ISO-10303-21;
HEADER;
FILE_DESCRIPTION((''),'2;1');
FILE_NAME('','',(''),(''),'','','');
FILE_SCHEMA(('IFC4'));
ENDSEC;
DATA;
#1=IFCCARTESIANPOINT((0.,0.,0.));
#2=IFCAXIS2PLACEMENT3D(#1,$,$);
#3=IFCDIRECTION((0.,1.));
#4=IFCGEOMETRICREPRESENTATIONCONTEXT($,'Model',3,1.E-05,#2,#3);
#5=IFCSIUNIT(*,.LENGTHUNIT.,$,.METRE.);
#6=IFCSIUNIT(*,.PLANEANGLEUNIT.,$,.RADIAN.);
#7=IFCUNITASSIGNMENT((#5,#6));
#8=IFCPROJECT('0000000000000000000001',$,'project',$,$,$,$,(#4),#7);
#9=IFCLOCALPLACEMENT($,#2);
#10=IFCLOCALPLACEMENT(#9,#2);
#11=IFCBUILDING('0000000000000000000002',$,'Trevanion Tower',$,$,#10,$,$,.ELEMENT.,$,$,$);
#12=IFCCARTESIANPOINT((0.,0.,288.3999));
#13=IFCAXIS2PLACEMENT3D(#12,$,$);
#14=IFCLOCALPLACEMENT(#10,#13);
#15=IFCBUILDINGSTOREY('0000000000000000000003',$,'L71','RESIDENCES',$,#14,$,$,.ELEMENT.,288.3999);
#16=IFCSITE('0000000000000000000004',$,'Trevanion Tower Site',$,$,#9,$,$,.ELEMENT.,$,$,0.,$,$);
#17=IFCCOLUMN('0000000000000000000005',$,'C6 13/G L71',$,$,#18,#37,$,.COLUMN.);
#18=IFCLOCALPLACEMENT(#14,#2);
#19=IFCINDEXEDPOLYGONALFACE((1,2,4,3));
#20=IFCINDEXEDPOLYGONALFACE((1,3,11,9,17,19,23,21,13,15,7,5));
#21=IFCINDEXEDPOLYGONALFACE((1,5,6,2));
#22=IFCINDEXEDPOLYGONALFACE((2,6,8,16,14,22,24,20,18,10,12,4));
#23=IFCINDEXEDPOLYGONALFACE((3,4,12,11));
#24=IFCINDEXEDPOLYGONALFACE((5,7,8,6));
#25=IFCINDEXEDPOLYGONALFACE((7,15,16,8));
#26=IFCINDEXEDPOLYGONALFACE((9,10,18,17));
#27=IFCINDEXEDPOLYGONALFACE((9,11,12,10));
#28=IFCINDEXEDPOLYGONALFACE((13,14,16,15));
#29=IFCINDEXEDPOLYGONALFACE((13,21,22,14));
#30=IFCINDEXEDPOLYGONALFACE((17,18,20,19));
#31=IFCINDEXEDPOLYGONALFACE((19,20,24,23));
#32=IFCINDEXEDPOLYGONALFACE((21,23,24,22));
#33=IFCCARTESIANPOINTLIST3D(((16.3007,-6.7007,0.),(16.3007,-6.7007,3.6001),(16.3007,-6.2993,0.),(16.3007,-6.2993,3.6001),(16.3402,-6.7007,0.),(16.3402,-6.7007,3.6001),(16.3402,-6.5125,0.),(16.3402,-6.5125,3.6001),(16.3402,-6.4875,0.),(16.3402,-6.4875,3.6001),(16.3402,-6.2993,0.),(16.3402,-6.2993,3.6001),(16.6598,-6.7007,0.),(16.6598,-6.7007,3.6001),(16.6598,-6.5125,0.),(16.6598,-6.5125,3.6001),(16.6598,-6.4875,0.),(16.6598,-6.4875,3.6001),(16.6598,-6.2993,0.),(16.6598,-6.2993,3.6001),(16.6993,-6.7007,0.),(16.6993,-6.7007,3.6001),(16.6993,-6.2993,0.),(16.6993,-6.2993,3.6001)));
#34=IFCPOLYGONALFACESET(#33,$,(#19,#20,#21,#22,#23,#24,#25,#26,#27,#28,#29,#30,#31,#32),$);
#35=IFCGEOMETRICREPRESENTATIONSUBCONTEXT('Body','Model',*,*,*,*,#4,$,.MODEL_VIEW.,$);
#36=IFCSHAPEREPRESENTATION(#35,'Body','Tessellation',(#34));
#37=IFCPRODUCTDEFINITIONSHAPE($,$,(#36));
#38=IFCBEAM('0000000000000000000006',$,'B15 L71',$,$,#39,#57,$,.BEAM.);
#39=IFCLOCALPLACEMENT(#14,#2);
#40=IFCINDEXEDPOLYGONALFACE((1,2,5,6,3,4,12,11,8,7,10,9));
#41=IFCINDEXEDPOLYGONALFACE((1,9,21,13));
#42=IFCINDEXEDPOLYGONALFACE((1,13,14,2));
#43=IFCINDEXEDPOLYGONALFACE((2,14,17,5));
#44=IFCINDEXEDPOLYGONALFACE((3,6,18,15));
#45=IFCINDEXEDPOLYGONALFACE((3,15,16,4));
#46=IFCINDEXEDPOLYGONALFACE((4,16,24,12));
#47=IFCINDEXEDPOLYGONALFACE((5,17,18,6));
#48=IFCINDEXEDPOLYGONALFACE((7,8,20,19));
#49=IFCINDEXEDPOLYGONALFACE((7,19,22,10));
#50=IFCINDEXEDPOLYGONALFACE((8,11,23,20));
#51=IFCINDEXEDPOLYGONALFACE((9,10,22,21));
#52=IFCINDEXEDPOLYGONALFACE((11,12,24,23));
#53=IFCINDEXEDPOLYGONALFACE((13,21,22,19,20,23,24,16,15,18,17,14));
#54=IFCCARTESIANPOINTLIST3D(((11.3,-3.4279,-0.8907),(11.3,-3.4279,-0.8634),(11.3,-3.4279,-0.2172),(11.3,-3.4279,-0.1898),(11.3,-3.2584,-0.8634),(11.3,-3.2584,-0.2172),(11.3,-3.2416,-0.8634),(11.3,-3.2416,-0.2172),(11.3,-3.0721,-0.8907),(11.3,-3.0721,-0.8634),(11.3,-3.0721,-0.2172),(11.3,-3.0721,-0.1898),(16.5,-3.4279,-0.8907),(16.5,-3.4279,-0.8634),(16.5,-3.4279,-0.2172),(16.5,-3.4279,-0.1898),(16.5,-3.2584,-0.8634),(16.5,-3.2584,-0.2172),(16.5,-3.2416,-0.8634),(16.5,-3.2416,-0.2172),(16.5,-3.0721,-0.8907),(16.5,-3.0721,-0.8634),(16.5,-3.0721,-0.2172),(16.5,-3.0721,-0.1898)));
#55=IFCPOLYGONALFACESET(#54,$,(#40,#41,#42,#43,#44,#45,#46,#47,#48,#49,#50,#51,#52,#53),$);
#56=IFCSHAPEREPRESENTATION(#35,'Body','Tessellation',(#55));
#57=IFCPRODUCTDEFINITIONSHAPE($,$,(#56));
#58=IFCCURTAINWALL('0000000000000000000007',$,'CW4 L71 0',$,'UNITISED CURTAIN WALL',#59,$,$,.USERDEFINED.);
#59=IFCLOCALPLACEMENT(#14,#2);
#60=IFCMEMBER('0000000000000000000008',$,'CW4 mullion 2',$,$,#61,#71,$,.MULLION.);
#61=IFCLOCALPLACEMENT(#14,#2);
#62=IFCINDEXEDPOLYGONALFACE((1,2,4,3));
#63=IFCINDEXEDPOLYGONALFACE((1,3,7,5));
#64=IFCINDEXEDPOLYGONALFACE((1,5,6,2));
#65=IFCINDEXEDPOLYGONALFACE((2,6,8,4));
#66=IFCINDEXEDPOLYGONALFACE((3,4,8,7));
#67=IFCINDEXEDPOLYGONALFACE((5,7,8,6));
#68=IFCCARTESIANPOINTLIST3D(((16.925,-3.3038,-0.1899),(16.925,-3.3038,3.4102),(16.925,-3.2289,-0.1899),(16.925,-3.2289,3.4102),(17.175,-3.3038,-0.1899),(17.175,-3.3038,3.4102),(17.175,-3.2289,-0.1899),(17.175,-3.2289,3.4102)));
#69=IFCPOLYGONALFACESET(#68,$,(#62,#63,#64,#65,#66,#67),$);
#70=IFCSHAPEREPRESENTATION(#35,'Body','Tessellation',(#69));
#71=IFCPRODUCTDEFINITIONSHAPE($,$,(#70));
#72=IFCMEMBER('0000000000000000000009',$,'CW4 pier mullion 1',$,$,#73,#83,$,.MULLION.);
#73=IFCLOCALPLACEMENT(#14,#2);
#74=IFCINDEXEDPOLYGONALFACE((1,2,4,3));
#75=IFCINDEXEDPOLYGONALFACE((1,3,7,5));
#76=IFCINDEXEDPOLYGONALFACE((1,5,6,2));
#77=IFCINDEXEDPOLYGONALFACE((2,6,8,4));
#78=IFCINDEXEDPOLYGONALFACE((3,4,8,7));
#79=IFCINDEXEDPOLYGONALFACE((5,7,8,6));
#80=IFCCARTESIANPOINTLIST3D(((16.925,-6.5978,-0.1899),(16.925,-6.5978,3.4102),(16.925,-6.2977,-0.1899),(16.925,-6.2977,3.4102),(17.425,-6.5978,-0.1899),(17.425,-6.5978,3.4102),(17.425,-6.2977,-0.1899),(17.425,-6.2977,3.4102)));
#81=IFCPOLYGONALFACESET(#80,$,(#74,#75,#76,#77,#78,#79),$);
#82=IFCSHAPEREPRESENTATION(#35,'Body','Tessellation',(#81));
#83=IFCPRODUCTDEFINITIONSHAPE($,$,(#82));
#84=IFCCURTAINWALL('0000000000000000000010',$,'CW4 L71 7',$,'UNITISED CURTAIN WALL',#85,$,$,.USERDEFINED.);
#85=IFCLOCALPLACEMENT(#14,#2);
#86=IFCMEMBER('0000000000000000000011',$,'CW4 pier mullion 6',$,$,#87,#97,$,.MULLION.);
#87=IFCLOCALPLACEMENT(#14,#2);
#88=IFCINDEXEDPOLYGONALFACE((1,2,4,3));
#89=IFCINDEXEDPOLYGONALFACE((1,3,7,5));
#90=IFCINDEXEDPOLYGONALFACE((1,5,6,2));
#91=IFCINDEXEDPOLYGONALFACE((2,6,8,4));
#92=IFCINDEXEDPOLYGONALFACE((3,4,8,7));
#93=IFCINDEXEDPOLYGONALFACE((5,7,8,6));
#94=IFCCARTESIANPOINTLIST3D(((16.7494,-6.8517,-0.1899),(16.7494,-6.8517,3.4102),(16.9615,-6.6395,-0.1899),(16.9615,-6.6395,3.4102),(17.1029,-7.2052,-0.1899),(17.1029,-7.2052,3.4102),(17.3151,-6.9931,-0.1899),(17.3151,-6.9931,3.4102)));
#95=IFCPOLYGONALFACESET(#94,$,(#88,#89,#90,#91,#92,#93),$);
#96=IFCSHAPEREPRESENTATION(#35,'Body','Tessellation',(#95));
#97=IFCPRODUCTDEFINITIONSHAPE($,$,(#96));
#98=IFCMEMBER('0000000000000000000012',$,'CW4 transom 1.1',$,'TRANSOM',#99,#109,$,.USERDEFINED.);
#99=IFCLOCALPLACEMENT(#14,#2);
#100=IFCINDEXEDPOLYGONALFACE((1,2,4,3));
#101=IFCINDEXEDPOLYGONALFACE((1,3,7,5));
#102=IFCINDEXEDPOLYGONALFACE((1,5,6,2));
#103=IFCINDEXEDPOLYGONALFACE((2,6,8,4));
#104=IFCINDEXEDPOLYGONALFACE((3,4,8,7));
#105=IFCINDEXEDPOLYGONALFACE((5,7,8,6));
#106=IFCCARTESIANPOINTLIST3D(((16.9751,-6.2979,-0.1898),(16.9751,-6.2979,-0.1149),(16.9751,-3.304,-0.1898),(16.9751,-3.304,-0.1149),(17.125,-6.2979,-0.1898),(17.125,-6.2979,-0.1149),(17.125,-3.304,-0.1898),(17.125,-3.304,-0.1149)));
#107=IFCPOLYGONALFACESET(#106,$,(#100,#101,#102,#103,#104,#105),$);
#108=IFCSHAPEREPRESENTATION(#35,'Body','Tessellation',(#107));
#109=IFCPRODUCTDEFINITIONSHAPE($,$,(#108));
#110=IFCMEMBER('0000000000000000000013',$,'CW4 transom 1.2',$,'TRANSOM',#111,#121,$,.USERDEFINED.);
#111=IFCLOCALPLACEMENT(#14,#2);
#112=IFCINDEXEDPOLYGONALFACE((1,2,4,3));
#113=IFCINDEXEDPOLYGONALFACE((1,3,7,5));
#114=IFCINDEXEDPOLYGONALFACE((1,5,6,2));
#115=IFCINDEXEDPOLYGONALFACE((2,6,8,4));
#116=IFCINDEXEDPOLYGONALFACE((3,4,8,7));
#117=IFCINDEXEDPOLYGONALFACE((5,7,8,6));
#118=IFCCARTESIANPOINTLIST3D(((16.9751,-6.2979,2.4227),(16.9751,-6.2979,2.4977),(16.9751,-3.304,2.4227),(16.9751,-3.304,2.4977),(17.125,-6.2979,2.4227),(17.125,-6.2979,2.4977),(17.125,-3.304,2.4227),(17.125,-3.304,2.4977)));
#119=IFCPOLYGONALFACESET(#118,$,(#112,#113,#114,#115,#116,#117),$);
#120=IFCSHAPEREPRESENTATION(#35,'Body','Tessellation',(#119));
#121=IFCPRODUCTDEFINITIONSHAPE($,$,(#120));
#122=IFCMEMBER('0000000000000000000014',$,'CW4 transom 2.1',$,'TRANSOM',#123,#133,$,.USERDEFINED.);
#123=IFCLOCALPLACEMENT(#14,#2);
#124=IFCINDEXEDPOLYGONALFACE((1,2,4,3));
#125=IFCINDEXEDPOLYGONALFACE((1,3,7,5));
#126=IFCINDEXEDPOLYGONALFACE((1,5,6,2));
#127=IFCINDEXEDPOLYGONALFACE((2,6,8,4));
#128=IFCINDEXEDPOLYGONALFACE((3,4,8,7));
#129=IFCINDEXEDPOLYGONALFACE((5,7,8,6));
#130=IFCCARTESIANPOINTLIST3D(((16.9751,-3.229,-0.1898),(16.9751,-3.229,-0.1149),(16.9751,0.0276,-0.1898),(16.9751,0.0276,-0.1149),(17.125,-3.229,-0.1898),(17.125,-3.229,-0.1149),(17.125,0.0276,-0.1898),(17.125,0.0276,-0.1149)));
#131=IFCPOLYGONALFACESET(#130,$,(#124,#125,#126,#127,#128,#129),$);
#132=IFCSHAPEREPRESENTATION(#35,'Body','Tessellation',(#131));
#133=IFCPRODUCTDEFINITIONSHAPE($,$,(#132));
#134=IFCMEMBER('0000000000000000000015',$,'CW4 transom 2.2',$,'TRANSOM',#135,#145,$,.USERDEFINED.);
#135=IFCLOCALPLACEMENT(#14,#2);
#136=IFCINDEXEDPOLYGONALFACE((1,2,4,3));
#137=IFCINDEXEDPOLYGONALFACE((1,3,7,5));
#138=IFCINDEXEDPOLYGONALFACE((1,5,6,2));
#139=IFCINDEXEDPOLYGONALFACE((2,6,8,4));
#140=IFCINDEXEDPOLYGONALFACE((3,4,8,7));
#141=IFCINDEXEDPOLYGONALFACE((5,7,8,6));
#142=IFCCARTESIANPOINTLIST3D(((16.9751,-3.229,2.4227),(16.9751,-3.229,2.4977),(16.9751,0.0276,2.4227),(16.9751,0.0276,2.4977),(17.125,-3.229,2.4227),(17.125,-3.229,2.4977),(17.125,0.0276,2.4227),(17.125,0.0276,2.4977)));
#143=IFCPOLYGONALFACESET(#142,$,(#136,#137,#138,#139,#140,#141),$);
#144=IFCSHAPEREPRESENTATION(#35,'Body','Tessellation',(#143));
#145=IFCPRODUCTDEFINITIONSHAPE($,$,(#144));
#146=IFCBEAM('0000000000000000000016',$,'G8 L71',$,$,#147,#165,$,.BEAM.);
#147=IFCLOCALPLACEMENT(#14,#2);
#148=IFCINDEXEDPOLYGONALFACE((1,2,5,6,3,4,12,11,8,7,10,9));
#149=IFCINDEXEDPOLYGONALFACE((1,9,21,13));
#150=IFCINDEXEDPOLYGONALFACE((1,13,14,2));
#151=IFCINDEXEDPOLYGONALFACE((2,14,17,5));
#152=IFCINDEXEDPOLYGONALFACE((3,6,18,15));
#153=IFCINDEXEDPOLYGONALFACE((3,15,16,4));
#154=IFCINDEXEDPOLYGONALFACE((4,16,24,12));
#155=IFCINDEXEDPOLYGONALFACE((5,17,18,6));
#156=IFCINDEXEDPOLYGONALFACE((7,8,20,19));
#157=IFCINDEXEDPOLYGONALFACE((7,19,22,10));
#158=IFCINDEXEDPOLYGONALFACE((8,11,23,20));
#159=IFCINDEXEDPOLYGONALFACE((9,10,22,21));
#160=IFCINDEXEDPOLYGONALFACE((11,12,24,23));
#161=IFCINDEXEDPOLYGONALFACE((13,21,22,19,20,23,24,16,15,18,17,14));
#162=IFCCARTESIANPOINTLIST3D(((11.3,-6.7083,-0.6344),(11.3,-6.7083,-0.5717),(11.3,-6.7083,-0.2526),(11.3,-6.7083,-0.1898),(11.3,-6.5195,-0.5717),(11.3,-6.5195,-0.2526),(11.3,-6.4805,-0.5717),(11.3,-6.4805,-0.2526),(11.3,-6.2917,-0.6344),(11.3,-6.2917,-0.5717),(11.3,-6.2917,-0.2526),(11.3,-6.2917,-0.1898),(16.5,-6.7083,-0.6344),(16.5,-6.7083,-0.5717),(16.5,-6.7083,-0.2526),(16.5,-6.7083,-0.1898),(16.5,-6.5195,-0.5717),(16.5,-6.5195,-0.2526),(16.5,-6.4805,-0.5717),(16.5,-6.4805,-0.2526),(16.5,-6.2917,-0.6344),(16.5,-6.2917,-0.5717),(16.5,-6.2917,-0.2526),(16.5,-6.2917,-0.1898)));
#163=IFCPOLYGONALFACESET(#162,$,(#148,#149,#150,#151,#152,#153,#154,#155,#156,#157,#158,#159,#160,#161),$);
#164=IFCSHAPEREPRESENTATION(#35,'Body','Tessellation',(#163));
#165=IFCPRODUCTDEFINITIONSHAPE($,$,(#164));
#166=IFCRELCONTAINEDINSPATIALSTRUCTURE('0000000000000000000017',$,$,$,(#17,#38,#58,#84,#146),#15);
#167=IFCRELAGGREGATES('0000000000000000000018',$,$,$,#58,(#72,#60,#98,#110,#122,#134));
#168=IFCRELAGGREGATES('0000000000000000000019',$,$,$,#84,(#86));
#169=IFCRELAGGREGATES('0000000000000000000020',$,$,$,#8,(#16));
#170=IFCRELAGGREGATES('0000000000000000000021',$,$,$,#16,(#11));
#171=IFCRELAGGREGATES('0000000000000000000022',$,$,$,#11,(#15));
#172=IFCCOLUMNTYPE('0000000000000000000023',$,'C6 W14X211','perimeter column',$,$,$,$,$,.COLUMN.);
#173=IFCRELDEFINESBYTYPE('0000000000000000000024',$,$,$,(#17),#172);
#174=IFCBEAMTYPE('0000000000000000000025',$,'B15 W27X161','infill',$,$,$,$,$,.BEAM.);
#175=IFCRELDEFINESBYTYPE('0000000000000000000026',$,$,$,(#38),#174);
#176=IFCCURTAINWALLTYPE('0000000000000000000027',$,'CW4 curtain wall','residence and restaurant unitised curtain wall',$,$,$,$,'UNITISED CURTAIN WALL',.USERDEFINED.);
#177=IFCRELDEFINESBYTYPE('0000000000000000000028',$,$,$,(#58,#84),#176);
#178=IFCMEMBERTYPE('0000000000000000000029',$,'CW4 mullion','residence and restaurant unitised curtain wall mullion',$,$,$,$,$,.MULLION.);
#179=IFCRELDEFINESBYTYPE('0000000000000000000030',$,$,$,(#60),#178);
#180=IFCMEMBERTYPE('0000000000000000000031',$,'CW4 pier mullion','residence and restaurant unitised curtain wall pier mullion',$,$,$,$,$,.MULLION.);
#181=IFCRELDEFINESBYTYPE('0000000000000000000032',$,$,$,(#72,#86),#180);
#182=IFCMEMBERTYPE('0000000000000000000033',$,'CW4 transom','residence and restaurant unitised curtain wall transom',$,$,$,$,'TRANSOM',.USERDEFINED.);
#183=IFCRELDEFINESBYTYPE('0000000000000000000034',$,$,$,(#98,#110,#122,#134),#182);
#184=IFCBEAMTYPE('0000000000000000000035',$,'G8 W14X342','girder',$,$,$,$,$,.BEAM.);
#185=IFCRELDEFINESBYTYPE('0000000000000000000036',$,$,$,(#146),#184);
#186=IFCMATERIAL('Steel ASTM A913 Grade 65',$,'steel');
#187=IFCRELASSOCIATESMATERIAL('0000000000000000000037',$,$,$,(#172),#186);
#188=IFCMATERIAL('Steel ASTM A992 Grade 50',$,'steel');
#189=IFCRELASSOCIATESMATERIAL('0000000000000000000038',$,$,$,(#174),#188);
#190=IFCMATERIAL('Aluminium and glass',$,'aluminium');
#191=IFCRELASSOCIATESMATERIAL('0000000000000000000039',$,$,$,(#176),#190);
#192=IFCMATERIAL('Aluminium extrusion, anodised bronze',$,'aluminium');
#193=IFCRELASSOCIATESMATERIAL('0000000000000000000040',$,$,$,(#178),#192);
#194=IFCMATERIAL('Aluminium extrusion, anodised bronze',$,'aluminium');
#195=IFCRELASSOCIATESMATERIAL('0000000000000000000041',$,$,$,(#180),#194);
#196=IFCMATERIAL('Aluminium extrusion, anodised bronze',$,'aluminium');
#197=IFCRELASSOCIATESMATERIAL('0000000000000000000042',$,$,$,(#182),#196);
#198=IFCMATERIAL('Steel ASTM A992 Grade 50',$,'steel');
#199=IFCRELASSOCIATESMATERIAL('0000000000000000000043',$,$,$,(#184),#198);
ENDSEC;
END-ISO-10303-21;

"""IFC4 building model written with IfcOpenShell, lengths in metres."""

from ifc_helpers import new_model, si_unit, direction, frame, origin, origin_2d, place, context, subcontext, project, spatial, rectangle, i_section, extrude, material, material_profile, profile_set, type_object, element, aggregate, save


model = new_model("IFC4")

# Units and contexts
model_context = context("Model", 3, precision=1e-05, world=origin(), true_north=direction((0.0, 1.0)))
body_context = subcontext(model_context, "Body", "Model", "MODEL_VIEW")
ifc_project = project(units=[si_unit("LENGTHUNIT", "METRE"), si_unit("PLANEANGLEUNIT", "RADIAN")], contexts=[model_context])

# Site, building, storey
site_placement = place(None, origin())
site = spatial("IfcSite", under=ifc_project, at=site_placement, Name="Trevanion Tower Site", CompositionType="ELEMENT", RefElevation=0.0)
building_placement = place(site_placement, origin())
building = spatial("IfcBuilding", under=site, at=building_placement, Name="Trevanion Tower", CompositionType="ELEMENT")
storey_placement = place(building_placement, frame((0.0, 0.0, 288.3999)))
storey = spatial("IfcBuildingStorey", under=building, at=storey_placement, Name="L71", Description="RESIDENCES", CompositionType="ELEMENT", Elevation=288.3999)

# Column
ifc_material_1 = material(Name="Steel ASTM A913 Grade 65", Category="steel")
ifc_material_profile_1 = material_profile(ifc_material_1, i_section(OverallWidth=0.4014, OverallDepth=0.3987, WebThickness=0.0249, FlangeThickness=0.0396, at=origin_2d()), Name="W14X211")
ifc_profile_set_1 = profile_set([ifc_material_profile_1], Name="Steel ASTM A913 Grade 65")
column_type = type_object("IfcColumnType", Name="C6 W14X211", Description="perimeter column", PredefinedType="COLUMN", material=ifc_profile_set_1)
column_placement = place(storey_placement, frame((16.5, -6.5, 0.0), z_axis=(0.0, 0.0, 1.0), x_axis=(0.0, 1.0, 0.0)))
element("IfcColumn", 1, at=column_placement, inside=storey, type_object=column_type, Name="C6 13/G L71", PredefinedType="COLUMN", context=body_context, shape_type="SweptSolid", body=[
    extrude(i_section(OverallWidth=0.4014, OverallDepth=0.3987, WebThickness=0.0249, FlangeThickness=0.0396, at=origin_2d()), origin(), (0.0, 0.0, 1.0), 3.6001),
])

# Beam
ifc_material_2 = material(Name="Steel ASTM A992 Grade 50", Category="steel")
ifc_material_profile_2 = material_profile(ifc_material_2, i_section(OverallWidth=0.3557, OverallDepth=0.7009, WebThickness=0.0168, FlangeThickness=0.0273, at=origin_2d()), Name="W27X161")
ifc_profile_set_2 = profile_set([ifc_material_profile_2], Name="Steel ASTM A992 Grade 50")
beam_type_1 = type_object("IfcBeamType", Name="B15 W27X161", Description="infill", PredefinedType="BEAM", material=ifc_profile_set_2)
beam_1_placement = place(storey_placement, frame((11.3, -3.25, -0.5403), z_axis=(1.0, 0.0, 0.0), x_axis=(0.0, 1.0, 0.0)))
element("IfcBeam", 2, at=beam_1_placement, inside=storey, type_object=beam_type_1, Name="B15 L71", PredefinedType="BEAM", context=body_context, shape_type="SweptSolid", body=[
    extrude(i_section(OverallWidth=0.3557, OverallDepth=0.7009, WebThickness=0.0168, FlangeThickness=0.0273, at=origin_2d()), origin(), (0.0, 0.0, 1.0), 5.2),
])

# Curtain wall, members
ifc_material_3 = material(Name="Aluminium and glass", Category="aluminium")
curtain_wall_type = type_object("IfcCurtainWallType", Name="CW4 curtain wall", Description="residence and restaurant unitised curtain wall", ElementType="UNITISED CURTAIN WALL", PredefinedType="USERDEFINED", material=ifc_material_3)
curtain_wall_1_placement = place(storey_placement, origin())
curtain_wall_1 = element("IfcCurtainWall", 3, at=curtain_wall_1_placement, inside=storey, type_object=curtain_wall_type, Name="CW4 L71 0", ObjectType="UNITISED CURTAIN WALL", PredefinedType="USERDEFINED")
ifc_material_4 = material(Name="Aluminium extrusion, anodised bronze", Category="aluminium")
ifc_material_profile_3 = material_profile(ifc_material_4, rectangle(XDim=0.075, YDim=0.25, at=origin_2d()), Name="CW4 mullion")
ifc_profile_set_3 = profile_set([ifc_material_profile_3], Name="Aluminium extrusion, anodised bronze")
member_type_1 = type_object("IfcMemberType", Name="CW4 mullion", Description="residence and restaurant unitised curtain wall mullion", PredefinedType="MULLION", material=ifc_profile_set_3)
member_1_placement = place(storey_placement, frame((17.05, -3.2664, -0.1899), z_axis=(0.0, 0.0, 1.0), x_axis=(0.0, 1.0, 0.0)))
member_1 = element("IfcMember", 4, at=member_1_placement, type_object=member_type_1, Name="CW4 mullion 2", PredefinedType="MULLION", context=body_context, shape_type="SweptSolid", body=[
    extrude(rectangle(XDim=0.075, YDim=0.25, at=origin_2d()), origin(), (0.0, 0.0, 1.0), 3.6001),
])
ifc_material_5 = material(Name="Aluminium extrusion, anodised bronze", Category="aluminium")
ifc_material_profile_4 = material_profile(ifc_material_5, rectangle(XDim=0.3, YDim=0.5, at=origin_2d()), Name="CW4 pier mullion")
ifc_profile_set_4 = profile_set([ifc_material_profile_4], Name="Aluminium extrusion, anodised bronze")
member_type_2 = type_object("IfcMemberType", Name="CW4 pier mullion", Description="residence and restaurant unitised curtain wall pier mullion", PredefinedType="MULLION", material=ifc_profile_set_4)
member_2_placement = place(storey_placement, frame((17.175, -6.4478, -0.1899), z_axis=(0.0, 0.0, 1.0), x_axis=(0.0, 1.0, 0.0)))
member_2 = element("IfcMember", 5, at=member_2_placement, type_object=member_type_2, Name="CW4 pier mullion 1", PredefinedType="MULLION", context=body_context, shape_type="SweptSolid", body=[
    extrude(rectangle(XDim=0.3, YDim=0.5, at=origin_2d()), origin(), (0.0, 0.0, 1.0), 3.6001),
])

# Curtain wall, member
curtain_wall_2_placement = place(storey_placement, origin())
curtain_wall_2 = element("IfcCurtainWall", 6, at=curtain_wall_2_placement, inside=storey, type_object=curtain_wall_type, Name="CW4 L71 7", ObjectType="UNITISED CURTAIN WALL", PredefinedType="USERDEFINED")
member_3_placement = place(storey_placement, frame((17.0322, -6.9224, -0.1899), z_axis=(0.0, 0.0, 1.0), x_axis=(0.707107, 0.707107, 0.0)))
member_3 = element("IfcMember", 7, at=member_3_placement, type_object=member_type_2, Name="CW4 pier mullion 6", PredefinedType="MULLION", context=body_context, shape_type="SweptSolid", body=[
    extrude(rectangle(XDim=0.3, YDim=0.5, at=origin_2d()), origin(), (0.0, 0.0, 1.0), 3.6001),
])

# Members
ifc_material_6 = material(Name="Aluminium extrusion, anodised bronze", Category="aluminium")
ifc_material_profile_5 = material_profile(ifc_material_6, rectangle(XDim=0.1499, YDim=0.075, at=origin_2d()), Name="CW4 transom")
ifc_profile_set_5 = profile_set([ifc_material_profile_5], Name="Aluminium extrusion, anodised bronze")
member_type_3 = type_object("IfcMemberType", Name="CW4 transom", Description="residence and restaurant unitised curtain wall transom", ElementType="TRANSOM", PredefinedType="USERDEFINED", material=ifc_profile_set_5)
member_4_placement = place(storey_placement, frame((17.05, -6.2979, -0.1523), z_axis=(0.0, 1.0, 0.0), x_axis=(-1.0, 0.0, 0.0)))
member_4 = element("IfcMember", 8, at=member_4_placement, type_object=member_type_3, Name="CW4 transom 1.1", ObjectType="TRANSOM", PredefinedType="USERDEFINED", context=body_context, shape_type="SweptSolid", body=[
    extrude(rectangle(XDim=0.1499, YDim=0.075, at=origin_2d()), origin(), (0.0, 0.0, 1.0), 2.9939),
])
member_5_placement = place(storey_placement, frame((17.05, -6.2979, 2.4602), z_axis=(0.0, 1.0, 0.0), x_axis=(-1.0, 0.0, 0.0)))
member_5 = element("IfcMember", 9, at=member_5_placement, type_object=member_type_3, Name="CW4 transom 1.2", ObjectType="TRANSOM", PredefinedType="USERDEFINED", context=body_context, shape_type="SweptSolid", body=[
    extrude(rectangle(XDim=0.1499, YDim=0.075, at=origin_2d()), origin(), (0.0, 0.0, 1.0), 2.9939),
])
member_6_placement = place(storey_placement, frame((17.05, -3.229, -0.1523), z_axis=(0.0, 1.0, 0.0), x_axis=(-1.0, 0.0, 0.0)))
member_6 = element("IfcMember", 10, at=member_6_placement, type_object=member_type_3, Name="CW4 transom 2.1", ObjectType="TRANSOM", PredefinedType="USERDEFINED", context=body_context, shape_type="SweptSolid", body=[
    extrude(rectangle(XDim=0.1499, YDim=0.075, at=origin_2d()), origin(), (0.0, 0.0, 1.0), 3.2566),
])
member_7_placement = place(storey_placement, frame((17.05, -3.229, 2.4602), z_axis=(0.0, 1.0, 0.0), x_axis=(-1.0, 0.0, 0.0)))
member_7 = element("IfcMember", 11, at=member_7_placement, type_object=member_type_3, Name="CW4 transom 2.2", ObjectType="TRANSOM", PredefinedType="USERDEFINED", context=body_context, shape_type="SweptSolid", body=[
    extrude(rectangle(XDim=0.1499, YDim=0.075, at=origin_2d()), origin(), (0.0, 0.0, 1.0), 3.2566),
])

# Beam
ifc_material_7 = material(Name="Steel ASTM A992 Grade 50", Category="steel")
ifc_material_profile_6 = material_profile(ifc_material_7, i_section(OverallWidth=0.4165, OverallDepth=0.4446, WebThickness=0.0391, FlangeThickness=0.0627, at=origin_2d()), Name="W14X342")
ifc_profile_set_6 = profile_set([ifc_material_profile_6], Name="Steel ASTM A992 Grade 50")
beam_type_2 = type_object("IfcBeamType", Name="G8 W14X342", Description="girder", PredefinedType="BEAM", material=ifc_profile_set_6)
beam_2_placement = place(storey_placement, frame((11.3, -6.5, -0.4121), z_axis=(1.0, 0.0, 0.0), x_axis=(0.0, 1.0, 0.0)))
element("IfcBeam", 12, at=beam_2_placement, inside=storey, type_object=beam_type_2, Name="G8 L71", PredefinedType="BEAM", context=body_context, shape_type="SweptSolid", body=[
    extrude(i_section(OverallWidth=0.4165, OverallDepth=0.4446, WebThickness=0.0391, FlangeThickness=0.0627, at=origin_2d()), origin(), (0.0, 0.0, 1.0), 5.2),
])

aggregate(curtain_wall_1, [member_2, member_1, member_4, member_5, member_6, member_7])
aggregate(curtain_wall_2, [member_3])

save(model, "model.ifc")
